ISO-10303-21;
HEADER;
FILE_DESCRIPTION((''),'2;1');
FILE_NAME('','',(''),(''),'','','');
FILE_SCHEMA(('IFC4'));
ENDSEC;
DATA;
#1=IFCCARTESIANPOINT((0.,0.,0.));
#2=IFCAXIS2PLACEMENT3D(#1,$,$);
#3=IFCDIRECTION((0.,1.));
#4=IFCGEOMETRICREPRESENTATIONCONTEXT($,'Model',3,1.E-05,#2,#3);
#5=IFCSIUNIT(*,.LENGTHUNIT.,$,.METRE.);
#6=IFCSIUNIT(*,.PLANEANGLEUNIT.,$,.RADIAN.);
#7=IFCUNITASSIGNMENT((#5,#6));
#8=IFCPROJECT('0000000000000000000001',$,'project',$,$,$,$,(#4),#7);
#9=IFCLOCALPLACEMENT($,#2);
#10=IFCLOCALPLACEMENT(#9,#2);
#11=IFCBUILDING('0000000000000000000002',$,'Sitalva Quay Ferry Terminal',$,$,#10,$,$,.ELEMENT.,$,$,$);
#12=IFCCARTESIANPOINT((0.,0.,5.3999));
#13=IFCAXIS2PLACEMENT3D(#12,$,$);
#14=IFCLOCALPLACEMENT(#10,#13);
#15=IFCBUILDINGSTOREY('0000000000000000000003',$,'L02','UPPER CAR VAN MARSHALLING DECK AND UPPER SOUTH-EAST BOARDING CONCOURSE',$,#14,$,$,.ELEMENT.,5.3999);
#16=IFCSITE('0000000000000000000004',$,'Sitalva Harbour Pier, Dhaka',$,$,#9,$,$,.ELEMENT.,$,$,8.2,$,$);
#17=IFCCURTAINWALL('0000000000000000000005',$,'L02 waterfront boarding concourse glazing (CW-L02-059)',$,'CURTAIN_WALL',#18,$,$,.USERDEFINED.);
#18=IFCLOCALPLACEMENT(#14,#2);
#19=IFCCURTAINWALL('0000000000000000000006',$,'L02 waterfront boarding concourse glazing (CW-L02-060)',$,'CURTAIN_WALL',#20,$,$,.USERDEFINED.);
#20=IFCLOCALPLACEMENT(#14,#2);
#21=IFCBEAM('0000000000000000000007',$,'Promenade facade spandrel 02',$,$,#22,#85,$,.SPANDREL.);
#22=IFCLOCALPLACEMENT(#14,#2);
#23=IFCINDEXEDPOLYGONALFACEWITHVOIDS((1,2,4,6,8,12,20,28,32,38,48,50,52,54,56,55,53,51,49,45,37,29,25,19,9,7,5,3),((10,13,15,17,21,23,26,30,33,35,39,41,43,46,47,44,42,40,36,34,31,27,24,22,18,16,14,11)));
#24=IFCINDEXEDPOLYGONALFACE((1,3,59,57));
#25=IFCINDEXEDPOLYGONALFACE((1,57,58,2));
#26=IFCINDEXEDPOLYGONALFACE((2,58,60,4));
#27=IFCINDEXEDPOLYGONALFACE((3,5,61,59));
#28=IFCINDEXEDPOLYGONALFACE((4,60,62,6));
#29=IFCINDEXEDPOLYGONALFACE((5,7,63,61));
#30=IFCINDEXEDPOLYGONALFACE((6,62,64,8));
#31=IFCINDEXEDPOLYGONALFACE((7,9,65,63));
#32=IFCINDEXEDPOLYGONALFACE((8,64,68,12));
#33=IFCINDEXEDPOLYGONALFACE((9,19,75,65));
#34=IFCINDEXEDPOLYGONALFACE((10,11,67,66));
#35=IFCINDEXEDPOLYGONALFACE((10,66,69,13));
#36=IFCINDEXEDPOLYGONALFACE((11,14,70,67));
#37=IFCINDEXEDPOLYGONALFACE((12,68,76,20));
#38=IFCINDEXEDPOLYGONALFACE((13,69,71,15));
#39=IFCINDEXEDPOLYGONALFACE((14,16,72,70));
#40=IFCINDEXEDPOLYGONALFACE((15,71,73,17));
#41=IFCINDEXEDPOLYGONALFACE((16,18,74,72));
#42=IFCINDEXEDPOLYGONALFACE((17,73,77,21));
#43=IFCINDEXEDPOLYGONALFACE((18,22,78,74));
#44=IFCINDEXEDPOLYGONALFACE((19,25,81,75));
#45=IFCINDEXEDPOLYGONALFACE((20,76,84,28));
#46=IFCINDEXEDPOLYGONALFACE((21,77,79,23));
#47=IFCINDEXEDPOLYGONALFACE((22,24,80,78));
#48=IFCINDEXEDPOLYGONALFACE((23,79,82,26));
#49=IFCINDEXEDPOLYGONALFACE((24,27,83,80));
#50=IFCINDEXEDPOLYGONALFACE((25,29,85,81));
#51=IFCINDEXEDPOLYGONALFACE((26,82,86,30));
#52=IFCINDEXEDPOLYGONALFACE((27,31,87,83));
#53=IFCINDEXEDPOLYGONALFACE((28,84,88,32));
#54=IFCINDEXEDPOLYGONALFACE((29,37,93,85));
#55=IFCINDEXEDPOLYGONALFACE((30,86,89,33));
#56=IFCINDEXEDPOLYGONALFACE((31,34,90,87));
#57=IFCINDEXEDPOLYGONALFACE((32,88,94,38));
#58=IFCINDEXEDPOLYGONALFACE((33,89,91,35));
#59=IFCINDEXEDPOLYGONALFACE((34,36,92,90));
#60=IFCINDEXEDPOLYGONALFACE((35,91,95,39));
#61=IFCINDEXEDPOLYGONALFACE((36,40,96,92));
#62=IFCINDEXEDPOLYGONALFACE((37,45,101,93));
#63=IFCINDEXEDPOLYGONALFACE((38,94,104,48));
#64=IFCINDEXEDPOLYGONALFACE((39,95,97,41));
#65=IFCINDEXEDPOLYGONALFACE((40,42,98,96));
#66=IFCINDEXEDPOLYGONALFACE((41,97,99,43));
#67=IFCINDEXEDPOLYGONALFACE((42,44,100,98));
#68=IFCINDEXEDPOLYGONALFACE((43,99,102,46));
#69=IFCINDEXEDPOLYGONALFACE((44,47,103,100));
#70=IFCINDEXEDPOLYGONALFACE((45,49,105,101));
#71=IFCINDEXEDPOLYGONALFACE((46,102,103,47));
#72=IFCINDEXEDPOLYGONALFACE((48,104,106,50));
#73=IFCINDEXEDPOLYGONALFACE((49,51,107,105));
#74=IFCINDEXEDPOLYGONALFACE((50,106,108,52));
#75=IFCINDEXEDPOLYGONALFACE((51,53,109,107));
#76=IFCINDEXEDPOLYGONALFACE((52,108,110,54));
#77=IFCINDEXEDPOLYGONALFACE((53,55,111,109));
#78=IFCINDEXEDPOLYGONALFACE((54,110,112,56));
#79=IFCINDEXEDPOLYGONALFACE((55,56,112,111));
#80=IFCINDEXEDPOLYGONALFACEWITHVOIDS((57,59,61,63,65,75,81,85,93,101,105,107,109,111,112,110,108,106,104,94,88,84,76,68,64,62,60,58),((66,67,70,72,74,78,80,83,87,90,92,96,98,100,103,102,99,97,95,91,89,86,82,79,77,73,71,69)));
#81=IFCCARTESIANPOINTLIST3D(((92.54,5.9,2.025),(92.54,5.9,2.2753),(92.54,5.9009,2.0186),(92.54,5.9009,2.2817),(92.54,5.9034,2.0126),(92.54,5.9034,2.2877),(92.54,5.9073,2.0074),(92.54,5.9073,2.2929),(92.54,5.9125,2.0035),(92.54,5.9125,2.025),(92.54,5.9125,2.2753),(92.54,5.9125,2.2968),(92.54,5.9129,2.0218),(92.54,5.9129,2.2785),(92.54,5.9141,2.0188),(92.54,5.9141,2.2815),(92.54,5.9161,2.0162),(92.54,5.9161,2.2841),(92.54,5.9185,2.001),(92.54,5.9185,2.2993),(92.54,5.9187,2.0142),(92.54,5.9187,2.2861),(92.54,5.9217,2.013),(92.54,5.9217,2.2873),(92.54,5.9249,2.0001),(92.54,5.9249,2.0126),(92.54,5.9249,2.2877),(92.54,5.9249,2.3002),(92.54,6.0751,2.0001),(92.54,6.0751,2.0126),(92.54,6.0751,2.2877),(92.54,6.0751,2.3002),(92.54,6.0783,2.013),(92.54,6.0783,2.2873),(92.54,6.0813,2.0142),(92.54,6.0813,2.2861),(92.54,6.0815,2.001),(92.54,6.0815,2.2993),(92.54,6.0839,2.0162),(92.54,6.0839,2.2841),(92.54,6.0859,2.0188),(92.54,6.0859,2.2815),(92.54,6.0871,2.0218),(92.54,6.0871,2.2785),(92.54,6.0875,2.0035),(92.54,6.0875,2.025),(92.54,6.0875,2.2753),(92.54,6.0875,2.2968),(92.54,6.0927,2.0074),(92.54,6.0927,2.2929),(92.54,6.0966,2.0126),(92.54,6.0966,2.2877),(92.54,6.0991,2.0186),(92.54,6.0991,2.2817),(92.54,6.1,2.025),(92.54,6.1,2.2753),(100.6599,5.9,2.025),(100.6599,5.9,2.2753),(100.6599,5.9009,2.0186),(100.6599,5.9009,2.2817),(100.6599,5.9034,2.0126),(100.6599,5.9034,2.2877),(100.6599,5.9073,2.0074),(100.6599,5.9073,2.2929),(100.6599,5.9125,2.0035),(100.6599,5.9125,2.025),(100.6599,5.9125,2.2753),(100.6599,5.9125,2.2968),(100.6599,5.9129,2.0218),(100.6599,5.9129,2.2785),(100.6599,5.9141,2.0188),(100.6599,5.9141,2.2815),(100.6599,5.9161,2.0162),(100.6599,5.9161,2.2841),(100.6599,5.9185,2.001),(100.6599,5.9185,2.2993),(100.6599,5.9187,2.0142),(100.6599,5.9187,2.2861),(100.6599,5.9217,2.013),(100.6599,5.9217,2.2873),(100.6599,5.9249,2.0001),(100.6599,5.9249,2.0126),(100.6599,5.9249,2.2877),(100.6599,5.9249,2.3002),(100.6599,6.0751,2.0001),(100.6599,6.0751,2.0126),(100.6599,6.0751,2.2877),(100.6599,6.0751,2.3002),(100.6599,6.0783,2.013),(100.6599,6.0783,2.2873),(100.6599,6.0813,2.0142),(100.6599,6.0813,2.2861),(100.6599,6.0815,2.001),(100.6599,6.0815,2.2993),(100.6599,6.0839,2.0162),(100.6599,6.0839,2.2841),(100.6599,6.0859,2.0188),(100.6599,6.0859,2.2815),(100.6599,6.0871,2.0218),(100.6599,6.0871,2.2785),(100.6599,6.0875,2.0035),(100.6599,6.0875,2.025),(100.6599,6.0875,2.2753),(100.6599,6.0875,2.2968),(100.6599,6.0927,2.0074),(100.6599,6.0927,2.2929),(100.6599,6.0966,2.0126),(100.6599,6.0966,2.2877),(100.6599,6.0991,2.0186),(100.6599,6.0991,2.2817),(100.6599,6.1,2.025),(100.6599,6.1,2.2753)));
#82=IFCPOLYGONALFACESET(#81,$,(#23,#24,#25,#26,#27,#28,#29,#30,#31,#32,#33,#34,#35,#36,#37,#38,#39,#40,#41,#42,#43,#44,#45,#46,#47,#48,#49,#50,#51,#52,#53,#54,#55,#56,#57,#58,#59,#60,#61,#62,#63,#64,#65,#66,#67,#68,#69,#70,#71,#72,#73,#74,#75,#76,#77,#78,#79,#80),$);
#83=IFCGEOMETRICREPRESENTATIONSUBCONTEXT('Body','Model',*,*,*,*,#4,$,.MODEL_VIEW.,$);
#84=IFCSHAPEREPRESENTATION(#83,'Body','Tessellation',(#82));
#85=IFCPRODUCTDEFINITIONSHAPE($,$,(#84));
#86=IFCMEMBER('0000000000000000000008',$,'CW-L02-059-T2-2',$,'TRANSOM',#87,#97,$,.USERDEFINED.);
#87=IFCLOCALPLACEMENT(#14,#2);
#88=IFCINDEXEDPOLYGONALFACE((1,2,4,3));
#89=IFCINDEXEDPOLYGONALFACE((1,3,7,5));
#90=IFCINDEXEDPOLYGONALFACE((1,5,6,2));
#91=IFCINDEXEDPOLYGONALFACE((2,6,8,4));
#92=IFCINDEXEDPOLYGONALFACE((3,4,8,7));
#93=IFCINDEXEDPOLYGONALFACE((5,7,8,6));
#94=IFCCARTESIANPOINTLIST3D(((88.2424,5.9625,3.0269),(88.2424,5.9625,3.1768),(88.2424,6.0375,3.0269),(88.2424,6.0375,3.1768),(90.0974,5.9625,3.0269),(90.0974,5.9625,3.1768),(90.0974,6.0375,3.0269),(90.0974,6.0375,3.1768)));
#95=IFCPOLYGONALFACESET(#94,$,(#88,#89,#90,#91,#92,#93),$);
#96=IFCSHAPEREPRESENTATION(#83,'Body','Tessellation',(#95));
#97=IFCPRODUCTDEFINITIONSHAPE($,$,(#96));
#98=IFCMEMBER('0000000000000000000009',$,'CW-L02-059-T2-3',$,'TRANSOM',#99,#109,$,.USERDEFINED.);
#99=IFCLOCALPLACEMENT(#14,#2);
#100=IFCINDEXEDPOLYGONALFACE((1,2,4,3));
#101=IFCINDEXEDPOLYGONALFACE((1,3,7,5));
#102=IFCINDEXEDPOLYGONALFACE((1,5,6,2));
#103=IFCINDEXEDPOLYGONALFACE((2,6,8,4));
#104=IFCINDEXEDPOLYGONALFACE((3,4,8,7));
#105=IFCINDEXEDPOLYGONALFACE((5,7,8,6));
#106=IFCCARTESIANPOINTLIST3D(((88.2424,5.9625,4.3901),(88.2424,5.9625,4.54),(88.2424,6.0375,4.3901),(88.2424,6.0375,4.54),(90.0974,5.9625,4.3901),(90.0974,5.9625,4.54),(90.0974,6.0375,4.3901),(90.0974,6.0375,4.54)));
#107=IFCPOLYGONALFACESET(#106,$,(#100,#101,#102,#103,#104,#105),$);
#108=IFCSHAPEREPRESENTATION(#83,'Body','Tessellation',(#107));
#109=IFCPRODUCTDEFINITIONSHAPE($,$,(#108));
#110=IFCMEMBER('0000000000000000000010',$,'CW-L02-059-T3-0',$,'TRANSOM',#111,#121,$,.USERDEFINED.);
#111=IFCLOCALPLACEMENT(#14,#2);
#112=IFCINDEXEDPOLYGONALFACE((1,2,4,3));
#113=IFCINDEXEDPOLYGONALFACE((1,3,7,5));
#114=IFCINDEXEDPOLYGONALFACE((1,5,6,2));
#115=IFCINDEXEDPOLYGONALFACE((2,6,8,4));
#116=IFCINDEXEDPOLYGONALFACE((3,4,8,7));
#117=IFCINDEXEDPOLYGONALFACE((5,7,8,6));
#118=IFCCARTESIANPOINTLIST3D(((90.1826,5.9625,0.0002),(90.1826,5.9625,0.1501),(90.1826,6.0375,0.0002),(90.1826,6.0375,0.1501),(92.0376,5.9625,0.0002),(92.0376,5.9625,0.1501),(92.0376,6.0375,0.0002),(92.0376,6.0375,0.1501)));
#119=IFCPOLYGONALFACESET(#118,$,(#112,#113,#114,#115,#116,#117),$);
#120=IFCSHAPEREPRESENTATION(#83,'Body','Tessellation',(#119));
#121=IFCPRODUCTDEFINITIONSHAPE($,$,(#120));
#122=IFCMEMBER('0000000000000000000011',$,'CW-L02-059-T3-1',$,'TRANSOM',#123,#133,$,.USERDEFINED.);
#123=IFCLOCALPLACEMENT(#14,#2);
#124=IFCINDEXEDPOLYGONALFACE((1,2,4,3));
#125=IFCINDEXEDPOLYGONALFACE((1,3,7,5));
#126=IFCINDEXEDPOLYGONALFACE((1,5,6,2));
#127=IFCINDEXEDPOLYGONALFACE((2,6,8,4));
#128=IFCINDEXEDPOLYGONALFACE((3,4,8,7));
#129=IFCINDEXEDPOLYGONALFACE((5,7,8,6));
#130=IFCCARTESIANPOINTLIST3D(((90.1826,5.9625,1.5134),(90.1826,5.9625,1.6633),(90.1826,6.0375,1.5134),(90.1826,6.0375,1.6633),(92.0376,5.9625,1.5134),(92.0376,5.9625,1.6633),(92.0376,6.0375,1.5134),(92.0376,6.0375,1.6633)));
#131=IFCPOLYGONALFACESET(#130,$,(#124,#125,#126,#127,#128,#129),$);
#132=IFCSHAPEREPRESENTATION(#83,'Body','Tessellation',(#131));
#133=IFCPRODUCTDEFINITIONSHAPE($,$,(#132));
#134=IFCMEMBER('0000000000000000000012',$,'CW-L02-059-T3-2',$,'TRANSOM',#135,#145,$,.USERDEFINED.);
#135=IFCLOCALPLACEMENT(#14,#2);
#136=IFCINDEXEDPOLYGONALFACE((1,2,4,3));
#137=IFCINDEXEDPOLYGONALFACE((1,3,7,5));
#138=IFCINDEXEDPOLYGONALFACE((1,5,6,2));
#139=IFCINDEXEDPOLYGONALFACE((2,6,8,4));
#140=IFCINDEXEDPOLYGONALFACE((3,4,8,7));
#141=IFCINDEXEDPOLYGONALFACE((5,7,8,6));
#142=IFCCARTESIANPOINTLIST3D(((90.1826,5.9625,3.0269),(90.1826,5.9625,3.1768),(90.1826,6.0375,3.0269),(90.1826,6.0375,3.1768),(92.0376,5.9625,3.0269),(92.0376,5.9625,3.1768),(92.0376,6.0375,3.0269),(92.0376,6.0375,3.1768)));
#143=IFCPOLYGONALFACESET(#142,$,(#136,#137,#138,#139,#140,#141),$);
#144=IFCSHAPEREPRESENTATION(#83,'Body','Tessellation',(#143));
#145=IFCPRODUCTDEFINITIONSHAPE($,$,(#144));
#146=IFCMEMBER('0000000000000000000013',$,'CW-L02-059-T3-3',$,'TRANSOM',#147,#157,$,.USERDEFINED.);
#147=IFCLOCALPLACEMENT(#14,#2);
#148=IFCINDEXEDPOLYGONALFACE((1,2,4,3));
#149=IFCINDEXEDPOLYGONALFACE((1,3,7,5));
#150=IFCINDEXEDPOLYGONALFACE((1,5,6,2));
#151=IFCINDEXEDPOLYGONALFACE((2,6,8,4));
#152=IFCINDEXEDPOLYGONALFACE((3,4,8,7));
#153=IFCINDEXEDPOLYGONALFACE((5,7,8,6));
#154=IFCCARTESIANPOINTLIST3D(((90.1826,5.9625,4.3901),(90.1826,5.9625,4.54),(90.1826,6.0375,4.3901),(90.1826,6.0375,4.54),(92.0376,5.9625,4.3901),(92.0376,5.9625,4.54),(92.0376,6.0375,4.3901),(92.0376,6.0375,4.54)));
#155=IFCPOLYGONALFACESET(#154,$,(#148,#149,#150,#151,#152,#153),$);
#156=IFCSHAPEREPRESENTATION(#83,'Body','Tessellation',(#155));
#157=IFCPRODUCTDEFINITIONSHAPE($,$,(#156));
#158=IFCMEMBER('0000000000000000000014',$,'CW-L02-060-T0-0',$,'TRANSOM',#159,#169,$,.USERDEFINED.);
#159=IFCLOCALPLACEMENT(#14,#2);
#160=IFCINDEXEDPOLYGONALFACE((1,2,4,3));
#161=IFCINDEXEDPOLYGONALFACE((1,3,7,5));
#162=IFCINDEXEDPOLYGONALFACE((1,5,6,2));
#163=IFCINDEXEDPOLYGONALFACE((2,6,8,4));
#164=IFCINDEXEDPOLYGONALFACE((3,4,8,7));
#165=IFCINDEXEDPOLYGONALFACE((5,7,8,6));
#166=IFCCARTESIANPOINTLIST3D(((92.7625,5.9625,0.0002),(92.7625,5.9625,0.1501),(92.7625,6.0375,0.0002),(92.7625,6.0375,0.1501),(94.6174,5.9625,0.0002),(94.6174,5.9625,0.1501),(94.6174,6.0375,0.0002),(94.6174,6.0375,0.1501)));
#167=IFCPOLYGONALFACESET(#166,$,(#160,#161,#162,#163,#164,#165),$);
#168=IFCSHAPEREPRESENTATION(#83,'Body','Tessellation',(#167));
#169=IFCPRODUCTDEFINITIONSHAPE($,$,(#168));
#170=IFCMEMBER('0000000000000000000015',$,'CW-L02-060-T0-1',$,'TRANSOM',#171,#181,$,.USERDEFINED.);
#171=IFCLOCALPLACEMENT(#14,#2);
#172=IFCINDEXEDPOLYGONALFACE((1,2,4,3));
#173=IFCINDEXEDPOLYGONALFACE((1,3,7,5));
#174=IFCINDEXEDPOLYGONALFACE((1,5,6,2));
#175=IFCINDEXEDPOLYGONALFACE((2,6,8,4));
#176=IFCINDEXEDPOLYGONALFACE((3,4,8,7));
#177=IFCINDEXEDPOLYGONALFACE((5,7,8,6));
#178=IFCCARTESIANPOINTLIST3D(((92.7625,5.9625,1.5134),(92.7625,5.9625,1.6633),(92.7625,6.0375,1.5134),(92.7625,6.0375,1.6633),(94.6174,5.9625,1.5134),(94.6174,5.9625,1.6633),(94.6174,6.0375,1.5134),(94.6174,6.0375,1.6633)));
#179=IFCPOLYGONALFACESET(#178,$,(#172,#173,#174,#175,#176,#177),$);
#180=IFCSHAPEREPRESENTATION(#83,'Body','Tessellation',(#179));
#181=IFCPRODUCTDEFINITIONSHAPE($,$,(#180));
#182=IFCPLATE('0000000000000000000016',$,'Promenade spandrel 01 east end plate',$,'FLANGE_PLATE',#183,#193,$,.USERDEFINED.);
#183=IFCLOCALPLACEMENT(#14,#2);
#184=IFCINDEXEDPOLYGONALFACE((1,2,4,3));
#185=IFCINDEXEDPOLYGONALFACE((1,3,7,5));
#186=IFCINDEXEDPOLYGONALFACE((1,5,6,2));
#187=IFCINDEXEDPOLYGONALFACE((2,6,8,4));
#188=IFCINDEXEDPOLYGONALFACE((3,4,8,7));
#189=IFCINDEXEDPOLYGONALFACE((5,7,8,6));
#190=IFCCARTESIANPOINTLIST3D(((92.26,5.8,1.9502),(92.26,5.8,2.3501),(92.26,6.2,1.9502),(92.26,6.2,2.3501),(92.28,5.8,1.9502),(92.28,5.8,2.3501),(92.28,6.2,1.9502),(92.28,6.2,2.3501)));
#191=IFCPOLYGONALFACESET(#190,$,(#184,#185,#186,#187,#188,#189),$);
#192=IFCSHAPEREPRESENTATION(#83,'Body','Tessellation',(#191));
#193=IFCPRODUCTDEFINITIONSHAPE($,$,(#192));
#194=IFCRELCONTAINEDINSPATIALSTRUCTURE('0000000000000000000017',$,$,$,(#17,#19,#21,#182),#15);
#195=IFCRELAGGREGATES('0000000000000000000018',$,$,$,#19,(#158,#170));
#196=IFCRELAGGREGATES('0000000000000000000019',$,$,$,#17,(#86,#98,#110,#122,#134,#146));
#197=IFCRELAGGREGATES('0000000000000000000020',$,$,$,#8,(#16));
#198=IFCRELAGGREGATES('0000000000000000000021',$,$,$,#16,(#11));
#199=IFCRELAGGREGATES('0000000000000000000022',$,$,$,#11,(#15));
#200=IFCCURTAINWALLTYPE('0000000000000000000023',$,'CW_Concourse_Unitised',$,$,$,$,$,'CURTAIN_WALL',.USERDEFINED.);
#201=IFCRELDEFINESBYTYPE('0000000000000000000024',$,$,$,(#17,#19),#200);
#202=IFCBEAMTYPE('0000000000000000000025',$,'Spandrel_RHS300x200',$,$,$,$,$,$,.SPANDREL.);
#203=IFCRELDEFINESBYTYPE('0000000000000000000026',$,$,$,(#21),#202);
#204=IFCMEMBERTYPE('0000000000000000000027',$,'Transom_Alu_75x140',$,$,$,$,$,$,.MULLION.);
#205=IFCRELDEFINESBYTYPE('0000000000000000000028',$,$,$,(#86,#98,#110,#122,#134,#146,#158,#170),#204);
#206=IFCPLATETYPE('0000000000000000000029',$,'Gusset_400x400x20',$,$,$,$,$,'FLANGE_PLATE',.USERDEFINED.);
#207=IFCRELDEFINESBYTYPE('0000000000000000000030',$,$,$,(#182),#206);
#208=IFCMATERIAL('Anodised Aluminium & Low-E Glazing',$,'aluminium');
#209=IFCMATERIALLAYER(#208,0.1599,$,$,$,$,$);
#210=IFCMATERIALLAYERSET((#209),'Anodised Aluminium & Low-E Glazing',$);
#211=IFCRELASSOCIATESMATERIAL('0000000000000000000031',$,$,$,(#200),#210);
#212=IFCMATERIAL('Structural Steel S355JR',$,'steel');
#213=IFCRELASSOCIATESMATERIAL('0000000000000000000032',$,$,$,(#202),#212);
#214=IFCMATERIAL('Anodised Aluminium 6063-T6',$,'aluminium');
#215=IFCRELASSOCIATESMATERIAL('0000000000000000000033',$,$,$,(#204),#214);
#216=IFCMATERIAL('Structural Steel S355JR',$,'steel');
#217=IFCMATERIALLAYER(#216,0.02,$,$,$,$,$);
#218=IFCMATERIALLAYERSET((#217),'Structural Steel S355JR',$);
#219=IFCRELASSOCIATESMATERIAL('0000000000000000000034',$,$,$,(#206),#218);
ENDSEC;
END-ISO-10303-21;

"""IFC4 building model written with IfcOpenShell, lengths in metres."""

from ifc_helpers import new_model, si_unit, direction, frame, origin, origin_2d, place, context, subcontext, project, spatial, rectangle, hollow_rectangle, extrude, material, layer, layer_set, material_profile, profile_set, type_object, element, aggregate, save


model = new_model("IFC4")

# Units and contexts
model_context = context("Model", 3, precision=1e-05, world=origin(), true_north=direction((0.0, 1.0)))
body_context = subcontext(model_context, "Body", "Model", "MODEL_VIEW")
ifc_project = project(units=[si_unit("LENGTHUNIT", "METRE"), si_unit("PLANEANGLEUNIT", "RADIAN")], contexts=[model_context])

# Site, building, storey
site_placement = place(None, origin())
site = spatial("IfcSite", under=ifc_project, at=site_placement, Name="Sitalva Harbour Pier, Dhaka", CompositionType="ELEMENT", RefElevation=8.2)
building_placement = place(site_placement, origin())
building = spatial("IfcBuilding", under=site, at=building_placement, Name="Sitalva Quay Ferry Terminal", CompositionType="ELEMENT")
storey_placement = place(building_placement, frame((0.0, 0.0, 5.3999)))
storey = spatial("IfcBuildingStorey", under=building, at=storey_placement, Name="L02", Description="UPPER CAR VAN MARSHALLING DECK AND UPPER SOUTH-EAST BOARDING CONCOURSE", CompositionType="ELEMENT", Elevation=5.3999)

# Curtain wall
ifc_material_1 = material(Name="Anodised Aluminium & Low-E Glazing", Category="aluminium")
ifc_layer_1 = layer(ifc_material_1, 0.1599)
ifc_layer_set_1 = layer_set([ifc_layer_1], Name="Anodised Aluminium & Low-E Glazing")
curtain_wall_type = type_object("IfcCurtainWallType", Name="CW_Concourse_Unitised", ElementType="CURTAIN_WALL", PredefinedType="USERDEFINED", material=ifc_layer_set_1)
curtain_wall_1_placement = place(storey_placement, origin())
curtain_wall_1 = element("IfcCurtainWall", 1, at=curtain_wall_1_placement, inside=storey, type_object=curtain_wall_type, Name="L02 waterfront boarding concourse glazing (CW-L02-059)", ObjectType="CURTAIN_WALL", PredefinedType="USERDEFINED")

# Curtain wall
curtain_wall_2_placement = place(storey_placement, origin())
curtain_wall_2 = element("IfcCurtainWall", 2, at=curtain_wall_2_placement, inside=storey, type_object=curtain_wall_type, Name="L02 waterfront boarding concourse glazing (CW-L02-060)", ObjectType="CURTAIN_WALL", PredefinedType="USERDEFINED")

# Beam
ifc_material_2 = material(Name="Structural Steel S355JR", Category="steel")
ifc_material_profile_1 = material_profile(ifc_material_2, hollow_rectangle(XDim=0.2, YDim=0.3, WallThickness=0.0125, InnerFilletRadius=0.0125, OuterFilletRadius=0.0249, at=origin_2d()), Name="RHS300x200x12.5")
ifc_profile_set_1 = profile_set([ifc_material_profile_1], Name="Structural Steel S355JR")
beam_type_1 = type_object("IfcBeamType", Name="Spandrel_RHS300x200", PredefinedType="SPANDREL", material=ifc_profile_set_1)
beam_1_placement = place(storey_placement, frame((92.54, 6.0, 2.1501), z_axis=(1.0, 0.0, 0.0), x_axis=(0.0, 1.0, 0.0)))
element("IfcBeam", 3, at=beam_1_placement, inside=storey, type_object=beam_type_1, Name="Promenade facade spandrel 02", PredefinedType="SPANDREL", context=body_context, shape_type="SweptSolid", body=[
    extrude(hollow_rectangle(XDim=0.2, YDim=0.3, WallThickness=0.0125, InnerFilletRadius=0.0125, OuterFilletRadius=0.0249, at=origin_2d()), origin(), (0.0, 0.0, 1.0), 8.1199),
])

# Members
ifc_material_3 = material(Name="Anodised Aluminium 6063-T6", Category="aluminium")
ifc_material_profile_2 = material_profile(ifc_material_3, rectangle(XDim=0.075, YDim=0.1499, at=origin_2d()), Name="ALU75x150")
ifc_profile_set_2 = profile_set([ifc_material_profile_2], Name="Anodised Aluminium 6063-T6")
member_type_1 = type_object("IfcMemberType", Name="Transom_Alu_75x140", PredefinedType="MULLION", material=ifc_profile_set_2)
member_1_placement = place(storey_placement, frame((88.2424, 6.0, 3.1018), z_axis=(1.0, 0.0, 0.0), x_axis=(0.0, 1.0, 0.0)))
member_1 = element("IfcMember", 4, at=member_1_placement, type_object=member_type_1, Name="CW-L02-059-T2-2", ObjectType="TRANSOM", PredefinedType="USERDEFINED", context=body_context, shape_type="SweptSolid", body=[
    extrude(rectangle(XDim=0.075, YDim=0.1499, at=origin_2d()), origin(), (0.0, 0.0, 1.0), 1.855),
])
member_2_placement = place(storey_placement, frame((88.2424, 6.0, 4.4651), z_axis=(1.0, 0.0, 0.0), x_axis=(0.0, 1.0, 0.0)))
member_2 = element("IfcMember", 5, at=member_2_placement, type_object=member_type_1, Name="CW-L02-059-T2-3", ObjectType="TRANSOM", PredefinedType="USERDEFINED", context=body_context, shape_type="SweptSolid", body=[
    extrude(rectangle(XDim=0.075, YDim=0.1499, at=origin_2d()), origin(), (0.0, 0.0, 1.0), 1.855),
])
member_3_placement = place(storey_placement, frame((90.1826, 6.0, 0.0752), z_axis=(1.0, 0.0, 0.0), x_axis=(0.0, 1.0, 0.0)))
member_3 = element("IfcMember", 6, at=member_3_placement, type_object=member_type_1, Name="CW-L02-059-T3-0", ObjectType="TRANSOM", PredefinedType="USERDEFINED", context=body_context, shape_type="SweptSolid", body=[
    extrude(rectangle(XDim=0.075, YDim=0.1499, at=origin_2d()), origin(), (0.0, 0.0, 1.0), 1.855),
])
member_4_placement = place(storey_placement, frame((90.1826, 6.0, 1.5884), z_axis=(1.0, 0.0, 0.0), x_axis=(0.0, 1.0, 0.0)))
member_4 = element("IfcMember", 7, at=member_4_placement, type_object=member_type_1, Name="CW-L02-059-T3-1", ObjectType="TRANSOM", PredefinedType="USERDEFINED", context=body_context, shape_type="SweptSolid", body=[
    extrude(rectangle(XDim=0.075, YDim=0.1499, at=origin_2d()), origin(), (0.0, 0.0, 1.0), 1.855),
])
member_5_placement = place(storey_placement, frame((90.1826, 6.0, 3.1018), z_axis=(1.0, 0.0, 0.0), x_axis=(0.0, 1.0, 0.0)))
member_5 = element("IfcMember", 8, at=member_5_placement, type_object=member_type_1, Name="CW-L02-059-T3-2", ObjectType="TRANSOM", PredefinedType="USERDEFINED", context=body_context, shape_type="SweptSolid", body=[
    extrude(rectangle(XDim=0.075, YDim=0.1499, at=origin_2d()), origin(), (0.0, 0.0, 1.0), 1.855),
])
member_6_placement = place(storey_placement, frame((90.1826, 6.0, 4.4651), z_axis=(1.0, 0.0, 0.0), x_axis=(0.0, 1.0, 0.0)))
member_6 = element("IfcMember", 9, at=member_6_placement, type_object=member_type_1, Name="CW-L02-059-T3-3", ObjectType="TRANSOM", PredefinedType="USERDEFINED", context=body_context, shape_type="SweptSolid", body=[
    extrude(rectangle(XDim=0.075, YDim=0.1499, at=origin_2d()), origin(), (0.0, 0.0, 1.0), 1.855),
])
member_7_placement = place(storey_placement, frame((92.7625, 6.0, 0.0752), z_axis=(1.0, 0.0, 0.0), x_axis=(0.0, 1.0, 0.0)))
member_7 = element("IfcMember", 10, at=member_7_placement, type_object=member_type_1, Name="CW-L02-060-T0-0", ObjectType="TRANSOM", PredefinedType="USERDEFINED", context=body_context, shape_type="SweptSolid", body=[
    extrude(rectangle(XDim=0.075, YDim=0.1499, at=origin_2d()), origin(), (0.0, 0.0, 1.0), 1.855),
])
member_8_placement = place(storey_placement, frame((92.7625, 6.0, 1.5884), z_axis=(1.0, 0.0, 0.0), x_axis=(0.0, 1.0, 0.0)))
member_8 = element("IfcMember", 11, at=member_8_placement, type_object=member_type_1, Name="CW-L02-060-T0-1", ObjectType="TRANSOM", PredefinedType="USERDEFINED", context=body_context, shape_type="SweptSolid", body=[
    extrude(rectangle(XDim=0.075, YDim=0.1499, at=origin_2d()), origin(), (0.0, 0.0, 1.0), 1.855),
])
aggregate(curtain_wall_2, [member_7, member_8])

# Plate
ifc_material_4 = material(Name="Structural Steel S355JR", Category="steel")
ifc_layer_2 = layer(ifc_material_4, 0.02)
ifc_layer_set_2 = layer_set([ifc_layer_2], Name="Structural Steel S355JR")
plate_type_1 = type_object("IfcPlateType", Name="Gusset_400x400x20", ElementType="FLANGE_PLATE", PredefinedType="USERDEFINED", material=ifc_layer_set_2)
for number, where, z_axis, x_axis, name in (
    (12, (92.27, 6.0, 1.9502), (0.0, 0.0, 1.0), (1.0, 0.0, 0.0), "Promenade spandrel 01 east end plate"),
):
    element("IfcPlate", number, at=place(storey_placement, frame(where, z_axis=z_axis, x_axis=x_axis)), inside=storey, type_object=plate_type_1, Name=name, ObjectType="FLANGE_PLATE", PredefinedType="USERDEFINED", context=body_context, shape_type="SweptSolid", body=[
        extrude(rectangle(XDim=0.02, YDim=0.3999, at=origin_2d()), origin(), (0.0, 0.0, 1.0), 0.3999),
    ])

aggregate(curtain_wall_1, [member_1, member_2, member_3, member_4, member_5, member_6])

save(model, "model.ifc")
